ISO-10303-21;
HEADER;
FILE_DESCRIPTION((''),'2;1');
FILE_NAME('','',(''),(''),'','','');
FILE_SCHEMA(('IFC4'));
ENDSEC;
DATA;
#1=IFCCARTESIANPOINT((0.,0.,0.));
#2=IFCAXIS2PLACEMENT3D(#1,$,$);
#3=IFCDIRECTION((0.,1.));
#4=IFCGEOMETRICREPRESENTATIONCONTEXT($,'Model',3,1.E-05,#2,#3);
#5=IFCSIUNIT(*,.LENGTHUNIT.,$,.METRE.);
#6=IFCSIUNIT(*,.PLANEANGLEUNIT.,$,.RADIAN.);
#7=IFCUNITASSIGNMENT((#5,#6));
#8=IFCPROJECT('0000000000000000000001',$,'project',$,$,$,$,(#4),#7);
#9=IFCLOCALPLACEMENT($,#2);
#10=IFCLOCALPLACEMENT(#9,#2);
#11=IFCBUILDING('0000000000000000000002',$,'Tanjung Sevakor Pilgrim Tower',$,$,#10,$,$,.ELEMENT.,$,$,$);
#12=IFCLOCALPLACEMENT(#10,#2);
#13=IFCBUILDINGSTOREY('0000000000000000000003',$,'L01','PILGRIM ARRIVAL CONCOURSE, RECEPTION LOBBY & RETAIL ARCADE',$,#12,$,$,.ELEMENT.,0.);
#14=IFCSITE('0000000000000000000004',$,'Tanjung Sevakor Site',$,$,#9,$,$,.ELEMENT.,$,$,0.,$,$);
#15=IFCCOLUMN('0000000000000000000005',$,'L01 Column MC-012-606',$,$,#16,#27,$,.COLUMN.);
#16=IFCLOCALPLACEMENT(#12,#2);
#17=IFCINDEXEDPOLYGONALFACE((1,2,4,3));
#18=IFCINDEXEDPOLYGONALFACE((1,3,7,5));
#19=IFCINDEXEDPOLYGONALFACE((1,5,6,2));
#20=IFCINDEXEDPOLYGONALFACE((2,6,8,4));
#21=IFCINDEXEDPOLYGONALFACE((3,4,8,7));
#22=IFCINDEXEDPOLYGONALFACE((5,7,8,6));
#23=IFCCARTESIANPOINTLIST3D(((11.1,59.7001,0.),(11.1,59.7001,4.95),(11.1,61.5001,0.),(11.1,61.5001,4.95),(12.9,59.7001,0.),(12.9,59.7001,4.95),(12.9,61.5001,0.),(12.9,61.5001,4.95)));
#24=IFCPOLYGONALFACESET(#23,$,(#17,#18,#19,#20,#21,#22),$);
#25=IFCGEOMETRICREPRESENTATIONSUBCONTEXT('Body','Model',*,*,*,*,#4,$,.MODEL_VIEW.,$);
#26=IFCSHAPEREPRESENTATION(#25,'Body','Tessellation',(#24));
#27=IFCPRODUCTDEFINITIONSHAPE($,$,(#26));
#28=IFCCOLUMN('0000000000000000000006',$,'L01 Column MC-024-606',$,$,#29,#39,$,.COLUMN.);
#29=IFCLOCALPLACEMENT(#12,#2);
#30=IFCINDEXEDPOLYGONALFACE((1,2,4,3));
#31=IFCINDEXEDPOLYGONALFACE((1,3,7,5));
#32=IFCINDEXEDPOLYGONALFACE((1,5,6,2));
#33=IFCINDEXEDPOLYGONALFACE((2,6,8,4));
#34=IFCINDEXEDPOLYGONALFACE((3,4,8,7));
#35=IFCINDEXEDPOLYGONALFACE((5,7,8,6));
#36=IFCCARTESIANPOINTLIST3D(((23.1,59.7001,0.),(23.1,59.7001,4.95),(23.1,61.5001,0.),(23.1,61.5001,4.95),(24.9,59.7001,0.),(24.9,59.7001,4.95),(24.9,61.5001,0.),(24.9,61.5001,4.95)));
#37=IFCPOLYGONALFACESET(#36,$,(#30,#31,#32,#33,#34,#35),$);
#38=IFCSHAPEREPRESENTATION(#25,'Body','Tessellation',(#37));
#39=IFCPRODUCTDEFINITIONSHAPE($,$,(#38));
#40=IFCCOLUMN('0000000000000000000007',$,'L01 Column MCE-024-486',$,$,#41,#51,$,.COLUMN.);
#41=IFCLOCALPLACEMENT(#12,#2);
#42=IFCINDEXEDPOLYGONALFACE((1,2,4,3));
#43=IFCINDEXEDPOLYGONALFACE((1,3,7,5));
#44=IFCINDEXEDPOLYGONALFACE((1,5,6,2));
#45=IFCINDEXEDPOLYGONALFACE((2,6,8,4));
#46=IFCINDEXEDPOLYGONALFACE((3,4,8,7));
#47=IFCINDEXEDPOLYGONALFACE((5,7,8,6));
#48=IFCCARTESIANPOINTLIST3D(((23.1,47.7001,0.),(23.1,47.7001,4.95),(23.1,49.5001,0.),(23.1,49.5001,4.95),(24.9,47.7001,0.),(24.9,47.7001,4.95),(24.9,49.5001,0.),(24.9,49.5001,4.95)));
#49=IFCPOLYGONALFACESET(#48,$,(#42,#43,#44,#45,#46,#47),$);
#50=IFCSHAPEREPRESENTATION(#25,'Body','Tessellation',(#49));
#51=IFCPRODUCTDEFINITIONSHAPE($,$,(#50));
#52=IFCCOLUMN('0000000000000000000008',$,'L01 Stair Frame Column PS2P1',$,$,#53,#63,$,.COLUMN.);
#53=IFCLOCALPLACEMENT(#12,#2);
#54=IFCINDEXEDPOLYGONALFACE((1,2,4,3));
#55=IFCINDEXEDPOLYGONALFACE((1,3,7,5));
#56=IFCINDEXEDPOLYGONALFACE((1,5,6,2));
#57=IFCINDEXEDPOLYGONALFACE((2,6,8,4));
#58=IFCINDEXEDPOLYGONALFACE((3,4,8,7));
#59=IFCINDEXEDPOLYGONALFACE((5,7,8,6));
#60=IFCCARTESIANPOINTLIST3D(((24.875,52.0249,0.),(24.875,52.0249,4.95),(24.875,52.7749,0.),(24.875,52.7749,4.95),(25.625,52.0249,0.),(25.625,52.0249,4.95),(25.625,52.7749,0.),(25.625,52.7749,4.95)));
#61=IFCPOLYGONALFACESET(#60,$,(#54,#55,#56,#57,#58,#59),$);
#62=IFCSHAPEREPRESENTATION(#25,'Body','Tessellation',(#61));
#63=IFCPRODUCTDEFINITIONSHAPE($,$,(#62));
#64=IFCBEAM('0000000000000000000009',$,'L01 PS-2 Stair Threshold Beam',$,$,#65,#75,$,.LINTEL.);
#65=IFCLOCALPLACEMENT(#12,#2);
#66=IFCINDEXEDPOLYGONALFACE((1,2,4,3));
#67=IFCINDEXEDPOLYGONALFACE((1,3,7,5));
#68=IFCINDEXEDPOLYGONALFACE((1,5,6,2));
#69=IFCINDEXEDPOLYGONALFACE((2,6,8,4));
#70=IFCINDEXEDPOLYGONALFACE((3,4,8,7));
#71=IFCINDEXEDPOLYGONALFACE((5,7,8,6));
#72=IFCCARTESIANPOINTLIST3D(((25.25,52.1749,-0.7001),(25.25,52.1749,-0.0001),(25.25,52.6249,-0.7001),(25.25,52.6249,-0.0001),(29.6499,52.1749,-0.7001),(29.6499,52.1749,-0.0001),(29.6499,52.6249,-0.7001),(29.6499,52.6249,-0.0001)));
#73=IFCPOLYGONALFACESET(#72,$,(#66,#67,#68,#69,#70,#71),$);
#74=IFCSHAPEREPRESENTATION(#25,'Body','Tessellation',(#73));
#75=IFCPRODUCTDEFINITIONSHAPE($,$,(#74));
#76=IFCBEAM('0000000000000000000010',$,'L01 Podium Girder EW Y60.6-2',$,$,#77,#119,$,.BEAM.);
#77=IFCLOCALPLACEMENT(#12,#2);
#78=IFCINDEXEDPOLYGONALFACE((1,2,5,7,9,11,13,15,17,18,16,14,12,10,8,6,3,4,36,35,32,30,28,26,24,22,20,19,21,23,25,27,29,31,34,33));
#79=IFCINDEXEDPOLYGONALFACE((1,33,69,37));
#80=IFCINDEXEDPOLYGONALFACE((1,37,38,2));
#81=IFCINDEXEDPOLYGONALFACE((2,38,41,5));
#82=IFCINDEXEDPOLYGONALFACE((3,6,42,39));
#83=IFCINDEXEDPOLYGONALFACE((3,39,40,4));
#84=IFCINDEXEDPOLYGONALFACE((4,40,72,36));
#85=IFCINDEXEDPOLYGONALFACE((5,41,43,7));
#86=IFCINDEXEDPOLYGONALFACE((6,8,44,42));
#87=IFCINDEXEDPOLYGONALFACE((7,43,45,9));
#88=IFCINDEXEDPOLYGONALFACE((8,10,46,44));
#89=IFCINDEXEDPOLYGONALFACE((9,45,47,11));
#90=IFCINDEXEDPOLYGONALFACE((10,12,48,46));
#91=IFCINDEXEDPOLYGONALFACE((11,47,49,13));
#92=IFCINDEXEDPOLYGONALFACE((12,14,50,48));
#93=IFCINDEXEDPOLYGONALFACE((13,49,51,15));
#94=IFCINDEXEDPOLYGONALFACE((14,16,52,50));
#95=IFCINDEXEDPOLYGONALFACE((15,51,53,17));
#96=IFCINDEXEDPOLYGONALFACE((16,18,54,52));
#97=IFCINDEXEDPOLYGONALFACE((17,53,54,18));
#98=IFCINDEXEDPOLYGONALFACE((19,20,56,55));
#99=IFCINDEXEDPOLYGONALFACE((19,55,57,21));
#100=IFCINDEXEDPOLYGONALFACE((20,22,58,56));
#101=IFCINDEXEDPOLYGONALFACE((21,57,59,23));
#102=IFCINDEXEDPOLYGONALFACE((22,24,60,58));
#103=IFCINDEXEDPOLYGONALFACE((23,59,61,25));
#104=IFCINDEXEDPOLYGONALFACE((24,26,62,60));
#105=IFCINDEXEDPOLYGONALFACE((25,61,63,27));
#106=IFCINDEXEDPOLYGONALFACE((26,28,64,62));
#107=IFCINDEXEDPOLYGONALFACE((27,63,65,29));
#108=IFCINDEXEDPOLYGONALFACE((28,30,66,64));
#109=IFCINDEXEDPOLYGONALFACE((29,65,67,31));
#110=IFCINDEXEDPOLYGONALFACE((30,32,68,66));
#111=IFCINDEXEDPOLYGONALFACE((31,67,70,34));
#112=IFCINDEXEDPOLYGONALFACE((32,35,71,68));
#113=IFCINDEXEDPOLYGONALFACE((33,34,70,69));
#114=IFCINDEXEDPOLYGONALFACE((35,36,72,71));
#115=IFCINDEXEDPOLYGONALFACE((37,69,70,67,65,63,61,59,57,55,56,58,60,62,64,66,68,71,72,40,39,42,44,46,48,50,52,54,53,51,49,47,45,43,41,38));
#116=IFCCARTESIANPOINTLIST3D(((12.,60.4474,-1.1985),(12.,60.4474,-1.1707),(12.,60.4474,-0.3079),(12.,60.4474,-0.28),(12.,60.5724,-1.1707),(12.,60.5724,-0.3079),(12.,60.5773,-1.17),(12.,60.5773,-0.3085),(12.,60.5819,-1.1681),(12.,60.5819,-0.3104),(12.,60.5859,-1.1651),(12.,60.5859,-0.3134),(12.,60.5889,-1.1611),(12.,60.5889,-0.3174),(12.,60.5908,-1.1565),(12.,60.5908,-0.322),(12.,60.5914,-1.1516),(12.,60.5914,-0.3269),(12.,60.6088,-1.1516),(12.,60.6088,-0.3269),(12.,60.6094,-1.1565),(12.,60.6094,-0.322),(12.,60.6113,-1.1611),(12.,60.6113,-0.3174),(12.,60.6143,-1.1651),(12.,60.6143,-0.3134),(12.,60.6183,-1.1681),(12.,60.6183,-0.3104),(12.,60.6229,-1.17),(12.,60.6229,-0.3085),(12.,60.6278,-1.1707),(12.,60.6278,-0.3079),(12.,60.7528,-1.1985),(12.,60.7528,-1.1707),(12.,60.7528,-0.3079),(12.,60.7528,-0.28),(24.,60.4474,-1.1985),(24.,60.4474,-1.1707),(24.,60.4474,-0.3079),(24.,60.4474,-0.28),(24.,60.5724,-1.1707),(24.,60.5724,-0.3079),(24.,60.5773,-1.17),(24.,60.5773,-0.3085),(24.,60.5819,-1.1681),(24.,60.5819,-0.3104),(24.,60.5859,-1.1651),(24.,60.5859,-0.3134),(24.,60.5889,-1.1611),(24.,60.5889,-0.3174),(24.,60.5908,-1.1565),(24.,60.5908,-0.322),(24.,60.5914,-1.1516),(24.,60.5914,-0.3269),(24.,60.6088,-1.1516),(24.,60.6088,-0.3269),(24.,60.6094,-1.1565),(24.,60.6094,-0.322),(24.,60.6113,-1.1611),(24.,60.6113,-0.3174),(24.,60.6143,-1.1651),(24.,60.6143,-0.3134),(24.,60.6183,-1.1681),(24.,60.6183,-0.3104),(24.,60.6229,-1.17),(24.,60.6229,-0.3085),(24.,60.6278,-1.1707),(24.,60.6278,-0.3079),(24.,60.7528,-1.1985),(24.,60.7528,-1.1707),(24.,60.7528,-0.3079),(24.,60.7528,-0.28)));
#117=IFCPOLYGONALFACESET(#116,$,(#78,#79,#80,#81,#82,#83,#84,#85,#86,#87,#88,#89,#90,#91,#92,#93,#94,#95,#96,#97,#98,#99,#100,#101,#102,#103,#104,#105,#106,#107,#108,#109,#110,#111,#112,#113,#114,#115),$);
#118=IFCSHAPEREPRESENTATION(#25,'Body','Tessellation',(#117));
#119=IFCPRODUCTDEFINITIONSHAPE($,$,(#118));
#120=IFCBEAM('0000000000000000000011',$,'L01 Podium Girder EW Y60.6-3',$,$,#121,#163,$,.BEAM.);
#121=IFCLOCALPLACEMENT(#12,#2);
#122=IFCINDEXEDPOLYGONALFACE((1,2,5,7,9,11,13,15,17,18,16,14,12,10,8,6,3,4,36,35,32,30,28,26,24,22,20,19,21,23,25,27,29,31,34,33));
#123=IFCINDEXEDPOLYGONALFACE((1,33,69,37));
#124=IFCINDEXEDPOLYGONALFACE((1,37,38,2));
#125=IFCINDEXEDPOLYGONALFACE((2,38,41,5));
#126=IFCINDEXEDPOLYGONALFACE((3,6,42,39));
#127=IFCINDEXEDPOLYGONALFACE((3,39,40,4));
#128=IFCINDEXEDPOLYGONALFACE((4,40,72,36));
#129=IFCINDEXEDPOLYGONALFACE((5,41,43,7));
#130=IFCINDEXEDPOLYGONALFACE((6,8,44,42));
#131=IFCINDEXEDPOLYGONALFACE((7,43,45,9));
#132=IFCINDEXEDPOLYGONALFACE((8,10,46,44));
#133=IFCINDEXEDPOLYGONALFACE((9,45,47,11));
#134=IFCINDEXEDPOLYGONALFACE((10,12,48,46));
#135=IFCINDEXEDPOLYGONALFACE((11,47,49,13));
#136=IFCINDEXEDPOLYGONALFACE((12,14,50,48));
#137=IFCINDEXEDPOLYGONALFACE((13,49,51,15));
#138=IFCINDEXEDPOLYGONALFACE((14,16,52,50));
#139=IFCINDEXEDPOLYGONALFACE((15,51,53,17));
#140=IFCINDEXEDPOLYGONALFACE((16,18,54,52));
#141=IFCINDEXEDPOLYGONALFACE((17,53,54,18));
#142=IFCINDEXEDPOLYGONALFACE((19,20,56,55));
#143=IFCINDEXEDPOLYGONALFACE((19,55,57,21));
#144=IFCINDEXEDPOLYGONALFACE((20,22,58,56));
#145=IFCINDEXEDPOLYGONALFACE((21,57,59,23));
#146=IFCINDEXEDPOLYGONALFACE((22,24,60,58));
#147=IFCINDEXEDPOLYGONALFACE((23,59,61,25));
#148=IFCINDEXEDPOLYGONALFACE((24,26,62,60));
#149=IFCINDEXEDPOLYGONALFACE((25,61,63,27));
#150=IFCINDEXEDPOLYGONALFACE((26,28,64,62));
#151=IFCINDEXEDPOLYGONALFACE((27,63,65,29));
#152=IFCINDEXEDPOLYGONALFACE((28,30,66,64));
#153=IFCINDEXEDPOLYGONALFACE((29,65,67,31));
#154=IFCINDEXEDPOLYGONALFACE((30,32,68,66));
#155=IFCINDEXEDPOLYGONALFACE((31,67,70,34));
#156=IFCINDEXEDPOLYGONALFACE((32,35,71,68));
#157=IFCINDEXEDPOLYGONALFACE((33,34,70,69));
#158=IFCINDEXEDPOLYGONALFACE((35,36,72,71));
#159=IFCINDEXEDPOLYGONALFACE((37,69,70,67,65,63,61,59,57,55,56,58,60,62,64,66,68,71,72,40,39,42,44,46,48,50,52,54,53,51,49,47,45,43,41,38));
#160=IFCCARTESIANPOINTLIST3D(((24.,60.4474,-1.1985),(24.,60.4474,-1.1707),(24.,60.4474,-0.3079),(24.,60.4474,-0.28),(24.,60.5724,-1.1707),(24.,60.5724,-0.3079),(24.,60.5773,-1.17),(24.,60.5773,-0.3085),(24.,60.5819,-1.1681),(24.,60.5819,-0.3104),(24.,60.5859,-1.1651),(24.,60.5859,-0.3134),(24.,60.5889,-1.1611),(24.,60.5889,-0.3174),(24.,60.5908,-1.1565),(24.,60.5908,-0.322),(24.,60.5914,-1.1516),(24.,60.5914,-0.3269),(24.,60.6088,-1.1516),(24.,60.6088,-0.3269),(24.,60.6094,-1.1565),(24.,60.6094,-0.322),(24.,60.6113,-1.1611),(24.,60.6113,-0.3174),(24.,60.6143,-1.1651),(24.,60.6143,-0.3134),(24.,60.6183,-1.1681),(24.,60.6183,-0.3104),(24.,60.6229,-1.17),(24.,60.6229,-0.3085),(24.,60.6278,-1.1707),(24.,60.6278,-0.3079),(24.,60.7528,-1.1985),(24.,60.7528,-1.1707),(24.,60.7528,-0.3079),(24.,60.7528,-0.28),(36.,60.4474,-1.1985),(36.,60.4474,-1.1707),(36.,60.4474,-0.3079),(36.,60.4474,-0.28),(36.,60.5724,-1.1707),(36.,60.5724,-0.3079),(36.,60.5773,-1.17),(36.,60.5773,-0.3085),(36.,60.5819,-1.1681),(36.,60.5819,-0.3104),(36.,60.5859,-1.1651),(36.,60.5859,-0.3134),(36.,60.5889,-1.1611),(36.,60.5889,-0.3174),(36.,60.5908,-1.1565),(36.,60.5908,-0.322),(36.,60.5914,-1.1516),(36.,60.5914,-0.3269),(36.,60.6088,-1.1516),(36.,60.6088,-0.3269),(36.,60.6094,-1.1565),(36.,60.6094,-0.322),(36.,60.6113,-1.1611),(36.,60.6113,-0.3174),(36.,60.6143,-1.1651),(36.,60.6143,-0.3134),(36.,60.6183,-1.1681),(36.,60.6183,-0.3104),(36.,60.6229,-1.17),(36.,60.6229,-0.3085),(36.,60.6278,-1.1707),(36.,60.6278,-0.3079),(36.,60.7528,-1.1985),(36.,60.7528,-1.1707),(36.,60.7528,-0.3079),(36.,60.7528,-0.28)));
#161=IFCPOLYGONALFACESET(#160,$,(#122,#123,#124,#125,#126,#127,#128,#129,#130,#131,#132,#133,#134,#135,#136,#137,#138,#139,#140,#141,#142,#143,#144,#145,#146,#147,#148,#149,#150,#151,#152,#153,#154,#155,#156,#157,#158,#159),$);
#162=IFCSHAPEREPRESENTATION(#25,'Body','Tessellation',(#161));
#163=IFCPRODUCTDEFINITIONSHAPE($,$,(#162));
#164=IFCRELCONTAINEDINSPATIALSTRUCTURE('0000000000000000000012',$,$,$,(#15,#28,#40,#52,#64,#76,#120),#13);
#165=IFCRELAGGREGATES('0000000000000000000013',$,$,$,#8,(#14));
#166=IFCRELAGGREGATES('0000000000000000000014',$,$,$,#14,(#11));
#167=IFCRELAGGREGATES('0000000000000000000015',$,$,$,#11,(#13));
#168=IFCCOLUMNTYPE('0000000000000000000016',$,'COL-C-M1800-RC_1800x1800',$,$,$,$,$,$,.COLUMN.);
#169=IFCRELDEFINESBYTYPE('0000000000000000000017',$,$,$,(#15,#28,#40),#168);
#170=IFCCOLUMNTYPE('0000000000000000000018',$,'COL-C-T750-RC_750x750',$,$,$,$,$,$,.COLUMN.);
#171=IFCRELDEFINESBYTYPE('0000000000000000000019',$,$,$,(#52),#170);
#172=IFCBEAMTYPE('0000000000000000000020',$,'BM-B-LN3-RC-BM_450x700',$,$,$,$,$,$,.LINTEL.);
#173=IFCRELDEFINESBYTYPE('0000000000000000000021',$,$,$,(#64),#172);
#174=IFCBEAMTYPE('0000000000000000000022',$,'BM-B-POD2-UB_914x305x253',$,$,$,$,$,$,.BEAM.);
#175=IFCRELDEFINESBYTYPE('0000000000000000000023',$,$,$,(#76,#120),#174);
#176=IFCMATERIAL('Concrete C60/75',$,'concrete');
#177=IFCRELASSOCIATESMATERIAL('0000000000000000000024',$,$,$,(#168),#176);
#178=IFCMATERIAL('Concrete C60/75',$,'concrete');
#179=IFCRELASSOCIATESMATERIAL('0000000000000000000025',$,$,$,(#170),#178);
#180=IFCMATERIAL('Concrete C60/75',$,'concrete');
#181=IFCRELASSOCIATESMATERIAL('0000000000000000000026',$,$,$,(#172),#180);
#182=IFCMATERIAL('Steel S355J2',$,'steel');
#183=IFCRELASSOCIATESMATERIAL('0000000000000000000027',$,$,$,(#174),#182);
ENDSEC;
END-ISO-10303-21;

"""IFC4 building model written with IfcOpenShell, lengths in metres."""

from ifc_helpers import new_model, si_unit, direction, frame, origin, origin_2d, place, context, subcontext, project, spatial, rectangle, i_section, extrude, material, material_profile, profile_set, type_object, element, save


model = new_model("IFC4")

# Units and contexts
model_context = context("Model", 3, precision=1e-05, world=origin(), true_north=direction((0.0, 1.0)))
body_context = subcontext(model_context, "Body", "Model", "MODEL_VIEW")
ifc_project = project(units=[si_unit("LENGTHUNIT", "METRE"), si_unit("PLANEANGLEUNIT", "RADIAN")], contexts=[model_context])

# Site, building, storey
site_placement = place(None, origin())
site = spatial("IfcSite", under=ifc_project, at=site_placement, Name="Tanjung Sevakor Site", CompositionType="ELEMENT", RefElevation=0.0)
building_placement = place(site_placement, origin())
building = spatial("IfcBuilding", under=site, at=building_placement, Name="Tanjung Sevakor Pilgrim Tower", CompositionType="ELEMENT")
storey_placement = place(building_placement, origin())
storey = spatial("IfcBuildingStorey", under=building, at=storey_placement, Name="L01", Description="PILGRIM ARRIVAL CONCOURSE, RECEPTION LOBBY & RETAIL ARCADE", CompositionType="ELEMENT", Elevation=0.0)

# Columns
ifc_material_1 = material(Name="Concrete C60/75", Category="concrete")
ifc_material_profile_1 = material_profile(ifc_material_1, rectangle(XDim=1.8, YDim=1.8, at=origin_2d()))
ifc_profile_set_1 = profile_set([ifc_material_profile_1], Name="Concrete C60/75")
column_type_1 = type_object("IfcColumnType", Name="COL-C-M1800-RC_1800x1800", PredefinedType="COLUMN", material=ifc_profile_set_1)
for number, where, z_axis, x_axis, name in (
    (1, (12.0, 60.6001, 0.0), (0.0, 0.0, 1.0), (1.0, 0.0, 0.0), "L01 Column MC-012-606"),
    (2, (24.0, 60.6001, 0.0), (0.0, 0.0, 1.0), (1.0, 0.0, 0.0), "L01 Column MC-024-606"),
    (3, (24.0, 48.6001, 0.0), (0.0, 0.0, 1.0), (1.0, 0.0, 0.0), "L01 Column MCE-024-486"),
):
    element("IfcColumn", number, at=place(storey_placement, frame(where, z_axis=z_axis, x_axis=x_axis)), inside=storey, type_object=column_type_1, Name=name, PredefinedType="COLUMN", context=body_context, shape_type="SweptSolid", body=[
        extrude(rectangle(XDim=1.8, YDim=1.8, at=origin_2d()), origin(), (0.0, 0.0, 1.0), 4.95),
    ])
ifc_material_2 = material(Name="Concrete C60/75", Category="concrete")
ifc_material_profile_2 = material_profile(ifc_material_2, rectangle(XDim=0.75, YDim=0.75, at=origin_2d()))
ifc_profile_set_2 = profile_set([ifc_material_profile_2], Name="Concrete C60/75")
column_type_2 = type_object("IfcColumnType", Name="COL-C-T750-RC_750x750", PredefinedType="COLUMN", material=ifc_profile_set_2)
column_placement = place(storey_placement, frame((25.25, 52.3999, 0.0), z_axis=(0.0, 0.0, 1.0), x_axis=(1.0, 0.0, 0.0)))
element("IfcColumn", 4, at=column_placement, inside=storey, type_object=column_type_2, Name="L01 Stair Frame Column PS2P1", PredefinedType="COLUMN", context=body_context, shape_type="SweptSolid", body=[
    extrude(rectangle(XDim=0.75, YDim=0.75, at=origin_2d()), origin(), (0.0, 0.0, 1.0), 4.95),
])

# Beams
ifc_material_3 = material(Name="Concrete C60/75", Category="concrete")
ifc_material_profile_3 = material_profile(ifc_material_3, rectangle(XDim=0.45, YDim=0.7, at=origin_2d()))
ifc_profile_set_3 = profile_set([ifc_material_profile_3], Name="Concrete C60/75")
beam_type_1 = type_object("IfcBeamType", Name="BM-B-LN3-RC-BM_450x700", PredefinedType="LINTEL", material=ifc_profile_set_3)
beam_1_placement = place(storey_placement, frame((25.25, 52.3999, -0.3501), z_axis=(1.0, 0.0, 0.0), x_axis=(0.0, 1.0, 0.0)))
element("IfcBeam", 5, at=beam_1_placement, inside=storey, type_object=beam_type_1, Name="L01 PS-2 Stair Threshold Beam", PredefinedType="LINTEL", context=body_context, shape_type="SweptSolid", body=[
    extrude(rectangle(XDim=0.45, YDim=0.7, at=origin_2d()), origin(), (0.0, 0.0, 1.0), 4.3999),
])
ifc_material_4 = material(Name="Steel S355J2", Category="steel")
ifc_material_profile_4 = material_profile(ifc_material_4, i_section(OverallWidth=0.3054, OverallDepth=0.9185, WebThickness=0.0173, FlangeThickness=0.0278, FilletRadius=0.019, at=origin_2d()))
ifc_profile_set_4 = profile_set([ifc_material_profile_4], Name="Steel S355J2")
beam_type_2 = type_object("IfcBeamType", Name="BM-B-POD2-UB_914x305x253", PredefinedType="BEAM", material=ifc_profile_set_4)
for number, where, z_axis, x_axis, name in (
    (6, (12.0, 60.6001, -0.7393), (1.0, 0.0, 0.0), (0.0, 1.0, 0.0), "L01 Podium Girder EW Y60.6-2"),
    (7, (24.0, 60.6001, -0.7393), (1.0, 0.0, 0.0), (0.0, 1.0, 0.0), "L01 Podium Girder EW Y60.6-3"),
):
    element("IfcBeam", number, at=place(storey_placement, frame(where, z_axis=z_axis, x_axis=x_axis)), inside=storey, type_object=beam_type_2, Name=name, PredefinedType="BEAM", context=body_context, shape_type="SweptSolid", body=[
        extrude(i_section(OverallWidth=0.3054, OverallDepth=0.9185, WebThickness=0.0173, FlangeThickness=0.0278, FilletRadius=0.019, at=origin_2d()), origin(), (0.0, 0.0, 1.0), 12.0),
    ])

save(model, "model.ifc")
